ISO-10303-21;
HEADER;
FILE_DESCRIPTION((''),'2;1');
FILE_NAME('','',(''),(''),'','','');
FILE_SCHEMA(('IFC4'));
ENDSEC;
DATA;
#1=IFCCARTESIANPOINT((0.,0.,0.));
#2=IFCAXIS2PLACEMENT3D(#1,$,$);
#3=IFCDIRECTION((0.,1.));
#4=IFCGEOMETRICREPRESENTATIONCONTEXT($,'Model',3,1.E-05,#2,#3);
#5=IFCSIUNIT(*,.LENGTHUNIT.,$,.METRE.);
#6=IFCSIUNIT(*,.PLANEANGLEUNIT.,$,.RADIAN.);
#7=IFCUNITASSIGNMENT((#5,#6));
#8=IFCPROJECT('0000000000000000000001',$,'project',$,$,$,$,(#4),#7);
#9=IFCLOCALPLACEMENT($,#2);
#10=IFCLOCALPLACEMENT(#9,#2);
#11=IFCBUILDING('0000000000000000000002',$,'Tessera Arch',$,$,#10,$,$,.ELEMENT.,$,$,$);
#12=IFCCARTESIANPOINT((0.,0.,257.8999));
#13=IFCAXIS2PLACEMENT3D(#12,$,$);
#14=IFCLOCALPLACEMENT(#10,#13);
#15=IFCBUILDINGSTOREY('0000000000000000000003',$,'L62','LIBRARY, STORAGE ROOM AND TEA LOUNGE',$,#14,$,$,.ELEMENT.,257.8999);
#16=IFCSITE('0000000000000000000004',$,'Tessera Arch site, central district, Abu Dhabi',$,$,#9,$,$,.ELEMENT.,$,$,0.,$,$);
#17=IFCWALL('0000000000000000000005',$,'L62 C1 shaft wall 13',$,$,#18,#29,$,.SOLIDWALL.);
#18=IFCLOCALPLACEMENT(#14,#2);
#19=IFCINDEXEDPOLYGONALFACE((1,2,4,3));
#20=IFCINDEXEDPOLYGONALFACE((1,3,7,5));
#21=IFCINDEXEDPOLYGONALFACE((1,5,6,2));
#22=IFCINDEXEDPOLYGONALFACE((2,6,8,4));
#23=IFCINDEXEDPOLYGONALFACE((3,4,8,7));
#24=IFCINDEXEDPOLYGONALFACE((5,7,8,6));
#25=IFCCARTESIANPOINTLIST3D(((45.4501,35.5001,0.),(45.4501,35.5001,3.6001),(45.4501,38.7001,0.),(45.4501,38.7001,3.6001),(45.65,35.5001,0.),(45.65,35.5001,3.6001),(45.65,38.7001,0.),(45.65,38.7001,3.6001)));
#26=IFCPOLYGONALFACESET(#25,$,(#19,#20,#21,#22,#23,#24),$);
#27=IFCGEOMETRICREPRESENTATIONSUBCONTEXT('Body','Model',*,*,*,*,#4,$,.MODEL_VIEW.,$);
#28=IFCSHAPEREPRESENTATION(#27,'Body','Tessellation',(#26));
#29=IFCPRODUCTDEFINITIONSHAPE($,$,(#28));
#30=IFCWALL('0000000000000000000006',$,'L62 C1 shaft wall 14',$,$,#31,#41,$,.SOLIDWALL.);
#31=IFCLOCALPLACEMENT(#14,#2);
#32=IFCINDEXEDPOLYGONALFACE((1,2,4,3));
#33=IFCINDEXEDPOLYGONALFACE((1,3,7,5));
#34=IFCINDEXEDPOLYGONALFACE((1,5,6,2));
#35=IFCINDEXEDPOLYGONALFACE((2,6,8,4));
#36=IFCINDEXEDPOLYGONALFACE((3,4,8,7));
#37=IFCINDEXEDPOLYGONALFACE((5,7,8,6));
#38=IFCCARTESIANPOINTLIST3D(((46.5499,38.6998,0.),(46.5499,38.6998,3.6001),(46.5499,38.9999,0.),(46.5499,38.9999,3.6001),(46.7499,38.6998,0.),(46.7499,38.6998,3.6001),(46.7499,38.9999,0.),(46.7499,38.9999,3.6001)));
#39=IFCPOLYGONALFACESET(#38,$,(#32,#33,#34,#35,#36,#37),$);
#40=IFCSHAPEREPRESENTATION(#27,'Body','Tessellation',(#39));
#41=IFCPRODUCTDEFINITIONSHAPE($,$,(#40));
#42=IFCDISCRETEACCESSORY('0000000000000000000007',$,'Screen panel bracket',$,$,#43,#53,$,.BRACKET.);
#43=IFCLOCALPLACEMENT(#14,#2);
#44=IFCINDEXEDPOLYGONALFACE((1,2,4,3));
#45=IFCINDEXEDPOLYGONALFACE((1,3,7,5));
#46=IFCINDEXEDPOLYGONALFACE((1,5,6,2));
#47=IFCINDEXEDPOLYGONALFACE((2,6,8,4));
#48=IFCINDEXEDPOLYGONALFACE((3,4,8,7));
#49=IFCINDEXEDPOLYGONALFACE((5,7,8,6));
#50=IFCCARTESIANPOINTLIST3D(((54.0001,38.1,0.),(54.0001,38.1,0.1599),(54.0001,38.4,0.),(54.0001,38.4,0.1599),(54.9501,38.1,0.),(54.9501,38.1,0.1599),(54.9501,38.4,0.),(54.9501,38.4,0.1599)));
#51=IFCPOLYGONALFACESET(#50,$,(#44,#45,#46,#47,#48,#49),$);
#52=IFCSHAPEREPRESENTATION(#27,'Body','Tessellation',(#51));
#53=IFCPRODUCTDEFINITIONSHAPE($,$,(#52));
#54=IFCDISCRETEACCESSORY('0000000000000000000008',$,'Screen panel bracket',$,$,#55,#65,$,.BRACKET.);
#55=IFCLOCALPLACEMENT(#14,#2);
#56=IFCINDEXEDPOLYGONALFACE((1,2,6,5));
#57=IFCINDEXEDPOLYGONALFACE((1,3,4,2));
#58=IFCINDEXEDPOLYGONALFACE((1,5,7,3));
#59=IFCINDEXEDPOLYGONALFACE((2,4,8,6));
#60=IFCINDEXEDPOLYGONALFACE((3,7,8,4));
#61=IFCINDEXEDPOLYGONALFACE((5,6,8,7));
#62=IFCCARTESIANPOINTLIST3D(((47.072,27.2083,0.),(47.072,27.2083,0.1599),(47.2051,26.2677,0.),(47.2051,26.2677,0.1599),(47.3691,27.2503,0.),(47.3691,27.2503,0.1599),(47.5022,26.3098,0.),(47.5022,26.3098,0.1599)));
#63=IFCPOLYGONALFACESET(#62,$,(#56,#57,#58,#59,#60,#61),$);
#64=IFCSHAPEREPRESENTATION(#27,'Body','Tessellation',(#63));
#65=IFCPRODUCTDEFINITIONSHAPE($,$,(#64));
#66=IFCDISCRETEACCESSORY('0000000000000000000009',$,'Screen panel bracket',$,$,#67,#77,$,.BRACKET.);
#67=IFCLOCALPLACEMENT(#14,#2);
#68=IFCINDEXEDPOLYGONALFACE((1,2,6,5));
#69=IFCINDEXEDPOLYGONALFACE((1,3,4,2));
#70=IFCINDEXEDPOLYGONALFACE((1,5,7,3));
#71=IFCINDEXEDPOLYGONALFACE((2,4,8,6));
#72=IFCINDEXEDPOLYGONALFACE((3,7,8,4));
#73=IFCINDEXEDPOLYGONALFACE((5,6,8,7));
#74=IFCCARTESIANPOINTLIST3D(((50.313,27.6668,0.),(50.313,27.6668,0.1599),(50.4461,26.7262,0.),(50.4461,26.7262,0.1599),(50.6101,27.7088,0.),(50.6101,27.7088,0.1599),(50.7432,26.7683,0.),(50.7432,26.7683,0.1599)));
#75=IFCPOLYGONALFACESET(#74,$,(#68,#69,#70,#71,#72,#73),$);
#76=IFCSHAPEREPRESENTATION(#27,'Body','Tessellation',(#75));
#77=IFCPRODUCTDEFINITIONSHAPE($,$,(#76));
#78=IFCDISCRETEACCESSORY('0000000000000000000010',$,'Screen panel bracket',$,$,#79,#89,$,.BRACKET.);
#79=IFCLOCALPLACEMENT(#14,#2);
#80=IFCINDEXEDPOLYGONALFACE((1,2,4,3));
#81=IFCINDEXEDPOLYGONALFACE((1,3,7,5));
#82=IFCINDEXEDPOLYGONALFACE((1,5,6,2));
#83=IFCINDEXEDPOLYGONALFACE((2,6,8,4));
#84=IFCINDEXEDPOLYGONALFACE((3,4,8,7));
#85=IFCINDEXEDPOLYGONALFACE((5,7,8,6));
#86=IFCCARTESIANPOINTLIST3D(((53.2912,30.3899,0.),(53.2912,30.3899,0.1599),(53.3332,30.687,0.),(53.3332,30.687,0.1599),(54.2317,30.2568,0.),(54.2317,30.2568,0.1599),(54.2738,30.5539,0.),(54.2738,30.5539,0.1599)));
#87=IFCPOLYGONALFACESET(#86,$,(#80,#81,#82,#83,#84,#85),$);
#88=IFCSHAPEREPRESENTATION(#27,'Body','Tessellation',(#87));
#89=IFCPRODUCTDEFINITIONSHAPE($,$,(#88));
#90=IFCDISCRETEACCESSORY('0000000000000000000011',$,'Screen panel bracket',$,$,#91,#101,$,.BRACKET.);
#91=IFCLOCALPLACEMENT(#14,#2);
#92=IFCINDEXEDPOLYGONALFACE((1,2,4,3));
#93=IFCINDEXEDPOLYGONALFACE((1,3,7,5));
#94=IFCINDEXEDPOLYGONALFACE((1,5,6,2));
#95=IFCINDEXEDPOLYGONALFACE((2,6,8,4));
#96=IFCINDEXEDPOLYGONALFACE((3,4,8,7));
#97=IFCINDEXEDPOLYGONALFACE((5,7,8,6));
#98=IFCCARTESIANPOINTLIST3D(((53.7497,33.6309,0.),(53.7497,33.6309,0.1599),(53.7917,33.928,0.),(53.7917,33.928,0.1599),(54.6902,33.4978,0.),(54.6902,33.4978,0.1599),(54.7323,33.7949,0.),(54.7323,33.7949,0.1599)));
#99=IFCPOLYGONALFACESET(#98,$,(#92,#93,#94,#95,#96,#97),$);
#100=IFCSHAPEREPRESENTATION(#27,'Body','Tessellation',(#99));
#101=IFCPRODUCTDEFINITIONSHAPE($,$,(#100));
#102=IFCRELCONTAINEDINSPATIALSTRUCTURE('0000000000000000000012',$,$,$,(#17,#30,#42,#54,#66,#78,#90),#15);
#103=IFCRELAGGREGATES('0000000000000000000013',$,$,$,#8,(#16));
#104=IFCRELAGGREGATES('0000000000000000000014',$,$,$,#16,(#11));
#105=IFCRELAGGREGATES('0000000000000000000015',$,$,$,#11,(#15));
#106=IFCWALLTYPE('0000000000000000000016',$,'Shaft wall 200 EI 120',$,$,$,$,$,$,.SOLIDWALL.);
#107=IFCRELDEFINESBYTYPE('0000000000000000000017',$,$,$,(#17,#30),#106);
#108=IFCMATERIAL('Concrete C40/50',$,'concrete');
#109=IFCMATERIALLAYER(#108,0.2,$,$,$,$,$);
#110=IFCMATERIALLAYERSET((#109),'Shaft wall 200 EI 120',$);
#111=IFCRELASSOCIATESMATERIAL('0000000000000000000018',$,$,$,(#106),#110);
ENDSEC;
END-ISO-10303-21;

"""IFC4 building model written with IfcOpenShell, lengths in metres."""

from ifc_helpers import new_model, si_unit, direction, frame, frame_2d, origin, origin_2d, place, context, subcontext, project, spatial, rectangle, extrude, material, layer, layer_set, type_object, element, save


model = new_model("IFC4")

# Units and contexts
model_context = context("Model", 3, precision=1e-05, world=origin(), true_north=direction((0.0, 1.0)))
body_context = subcontext(model_context, "Body", "Model", "MODEL_VIEW")
ifc_project = project(units=[si_unit("LENGTHUNIT", "METRE"), si_unit("PLANEANGLEUNIT", "RADIAN")], contexts=[model_context])

# Site, building, storey
site_placement = place(None, origin())
site = spatial("IfcSite", under=ifc_project, at=site_placement, Name="Tessera Arch site, central district, Abu Dhabi", CompositionType="ELEMENT", RefElevation=0.0)
building_placement = place(site_placement, origin())
building = spatial("IfcBuilding", under=site, at=building_placement, Name="Tessera Arch", CompositionType="ELEMENT")
storey_placement = place(building_placement, frame((0.0, 0.0, 257.8999)))
storey = spatial("IfcBuildingStorey", under=building, at=storey_placement, Name="L62", Description="LIBRARY, STORAGE ROOM AND TEA LOUNGE", CompositionType="ELEMENT", Elevation=257.8999)

# Walls
ifc_material_1 = material(Name="Concrete C40/50", Category="concrete")
ifc_layer_1 = layer(ifc_material_1, 0.2)
ifc_layer_set_1 = layer_set([ifc_layer_1], Name="Shaft wall 200 EI 120")
wall_type_1 = type_object("IfcWallType", Name="Shaft wall 200 EI 120", PredefinedType="SOLIDWALL", material=ifc_layer_set_1)
for number, where, z_axis, x_axis, name in (
    (1, (45.55, 35.5, 0.0), (0.0, 0.0, 1.0), (0.0, 1.0, 0.0), "L62 C1 shaft wall 13"),
):
    element("IfcWall", number, at=place(storey_placement, frame(where, z_axis=z_axis, x_axis=x_axis)), inside=storey, type_object=wall_type_1, Name=name, PredefinedType="SOLIDWALL", context=body_context, shape_type="SweptSolid", body=[
        extrude(rectangle(XDim=3.2, YDim=0.2, at=frame_2d((1.6001, 0.0))), origin(), (0.0, 0.0, 1.0), 3.6001),
    ])
wall_1_placement = place(storey_placement, frame((46.6499, 38.7, 0.0), z_axis=(0.0, 0.0, 1.0), x_axis=(0.0, 1.0, 0.0)))
element("IfcWall", 2, at=wall_1_placement, inside=storey, type_object=wall_type_1, Name="L62 C1 shaft wall 14", PredefinedType="SOLIDWALL", context=body_context, shape_type="SweptSolid", body=[
    extrude(rectangle(XDim=0.3, YDim=0.2, at=frame_2d((0.1499, 0.0))), origin(), (0.0, 0.0, 1.0), 3.6001),
])

# Discrete accessories
for number, where, z_axis, x_axis, name in (
    (3, (54.4751, 38.25, 0.0), (0.0, 0.0, 1.0), (1.0, 0.0, 0.0), "Screen panel bracket"),
    (4, (47.2871, 26.759, 0.0), (0.0, 0.0, 1.0), (0.140089, -0.990139, 0.0), "Screen panel bracket"),
    (5, (50.5281, 27.2175, 0.0), (0.0, 0.0, 1.0), (0.140089, -0.990139, 0.0), "Screen panel bracket"),
    (6, (53.7825, 30.4719, 0.0), (0.0, 0.0, 1.0), (0.990139, -0.140089, 0.0), "Screen panel bracket"),
    (7, (54.241, 33.7129, 0.0), (0.0, 0.0, 1.0), (0.990139, -0.140089, 0.0), "Screen panel bracket"),
):
    element("IfcDiscreteAccessory", number, at=place(storey_placement, frame(where, z_axis=z_axis, x_axis=x_axis)), inside=storey, Name=name, PredefinedType="BRACKET", context=body_context, shape_type="SweptSolid", body=[
        extrude(rectangle(XDim=0.95, YDim=0.3, at=origin_2d()), origin(), (0.0, 0.0, 1.0), 0.1599),
    ])

save(model, "model.ifc")
